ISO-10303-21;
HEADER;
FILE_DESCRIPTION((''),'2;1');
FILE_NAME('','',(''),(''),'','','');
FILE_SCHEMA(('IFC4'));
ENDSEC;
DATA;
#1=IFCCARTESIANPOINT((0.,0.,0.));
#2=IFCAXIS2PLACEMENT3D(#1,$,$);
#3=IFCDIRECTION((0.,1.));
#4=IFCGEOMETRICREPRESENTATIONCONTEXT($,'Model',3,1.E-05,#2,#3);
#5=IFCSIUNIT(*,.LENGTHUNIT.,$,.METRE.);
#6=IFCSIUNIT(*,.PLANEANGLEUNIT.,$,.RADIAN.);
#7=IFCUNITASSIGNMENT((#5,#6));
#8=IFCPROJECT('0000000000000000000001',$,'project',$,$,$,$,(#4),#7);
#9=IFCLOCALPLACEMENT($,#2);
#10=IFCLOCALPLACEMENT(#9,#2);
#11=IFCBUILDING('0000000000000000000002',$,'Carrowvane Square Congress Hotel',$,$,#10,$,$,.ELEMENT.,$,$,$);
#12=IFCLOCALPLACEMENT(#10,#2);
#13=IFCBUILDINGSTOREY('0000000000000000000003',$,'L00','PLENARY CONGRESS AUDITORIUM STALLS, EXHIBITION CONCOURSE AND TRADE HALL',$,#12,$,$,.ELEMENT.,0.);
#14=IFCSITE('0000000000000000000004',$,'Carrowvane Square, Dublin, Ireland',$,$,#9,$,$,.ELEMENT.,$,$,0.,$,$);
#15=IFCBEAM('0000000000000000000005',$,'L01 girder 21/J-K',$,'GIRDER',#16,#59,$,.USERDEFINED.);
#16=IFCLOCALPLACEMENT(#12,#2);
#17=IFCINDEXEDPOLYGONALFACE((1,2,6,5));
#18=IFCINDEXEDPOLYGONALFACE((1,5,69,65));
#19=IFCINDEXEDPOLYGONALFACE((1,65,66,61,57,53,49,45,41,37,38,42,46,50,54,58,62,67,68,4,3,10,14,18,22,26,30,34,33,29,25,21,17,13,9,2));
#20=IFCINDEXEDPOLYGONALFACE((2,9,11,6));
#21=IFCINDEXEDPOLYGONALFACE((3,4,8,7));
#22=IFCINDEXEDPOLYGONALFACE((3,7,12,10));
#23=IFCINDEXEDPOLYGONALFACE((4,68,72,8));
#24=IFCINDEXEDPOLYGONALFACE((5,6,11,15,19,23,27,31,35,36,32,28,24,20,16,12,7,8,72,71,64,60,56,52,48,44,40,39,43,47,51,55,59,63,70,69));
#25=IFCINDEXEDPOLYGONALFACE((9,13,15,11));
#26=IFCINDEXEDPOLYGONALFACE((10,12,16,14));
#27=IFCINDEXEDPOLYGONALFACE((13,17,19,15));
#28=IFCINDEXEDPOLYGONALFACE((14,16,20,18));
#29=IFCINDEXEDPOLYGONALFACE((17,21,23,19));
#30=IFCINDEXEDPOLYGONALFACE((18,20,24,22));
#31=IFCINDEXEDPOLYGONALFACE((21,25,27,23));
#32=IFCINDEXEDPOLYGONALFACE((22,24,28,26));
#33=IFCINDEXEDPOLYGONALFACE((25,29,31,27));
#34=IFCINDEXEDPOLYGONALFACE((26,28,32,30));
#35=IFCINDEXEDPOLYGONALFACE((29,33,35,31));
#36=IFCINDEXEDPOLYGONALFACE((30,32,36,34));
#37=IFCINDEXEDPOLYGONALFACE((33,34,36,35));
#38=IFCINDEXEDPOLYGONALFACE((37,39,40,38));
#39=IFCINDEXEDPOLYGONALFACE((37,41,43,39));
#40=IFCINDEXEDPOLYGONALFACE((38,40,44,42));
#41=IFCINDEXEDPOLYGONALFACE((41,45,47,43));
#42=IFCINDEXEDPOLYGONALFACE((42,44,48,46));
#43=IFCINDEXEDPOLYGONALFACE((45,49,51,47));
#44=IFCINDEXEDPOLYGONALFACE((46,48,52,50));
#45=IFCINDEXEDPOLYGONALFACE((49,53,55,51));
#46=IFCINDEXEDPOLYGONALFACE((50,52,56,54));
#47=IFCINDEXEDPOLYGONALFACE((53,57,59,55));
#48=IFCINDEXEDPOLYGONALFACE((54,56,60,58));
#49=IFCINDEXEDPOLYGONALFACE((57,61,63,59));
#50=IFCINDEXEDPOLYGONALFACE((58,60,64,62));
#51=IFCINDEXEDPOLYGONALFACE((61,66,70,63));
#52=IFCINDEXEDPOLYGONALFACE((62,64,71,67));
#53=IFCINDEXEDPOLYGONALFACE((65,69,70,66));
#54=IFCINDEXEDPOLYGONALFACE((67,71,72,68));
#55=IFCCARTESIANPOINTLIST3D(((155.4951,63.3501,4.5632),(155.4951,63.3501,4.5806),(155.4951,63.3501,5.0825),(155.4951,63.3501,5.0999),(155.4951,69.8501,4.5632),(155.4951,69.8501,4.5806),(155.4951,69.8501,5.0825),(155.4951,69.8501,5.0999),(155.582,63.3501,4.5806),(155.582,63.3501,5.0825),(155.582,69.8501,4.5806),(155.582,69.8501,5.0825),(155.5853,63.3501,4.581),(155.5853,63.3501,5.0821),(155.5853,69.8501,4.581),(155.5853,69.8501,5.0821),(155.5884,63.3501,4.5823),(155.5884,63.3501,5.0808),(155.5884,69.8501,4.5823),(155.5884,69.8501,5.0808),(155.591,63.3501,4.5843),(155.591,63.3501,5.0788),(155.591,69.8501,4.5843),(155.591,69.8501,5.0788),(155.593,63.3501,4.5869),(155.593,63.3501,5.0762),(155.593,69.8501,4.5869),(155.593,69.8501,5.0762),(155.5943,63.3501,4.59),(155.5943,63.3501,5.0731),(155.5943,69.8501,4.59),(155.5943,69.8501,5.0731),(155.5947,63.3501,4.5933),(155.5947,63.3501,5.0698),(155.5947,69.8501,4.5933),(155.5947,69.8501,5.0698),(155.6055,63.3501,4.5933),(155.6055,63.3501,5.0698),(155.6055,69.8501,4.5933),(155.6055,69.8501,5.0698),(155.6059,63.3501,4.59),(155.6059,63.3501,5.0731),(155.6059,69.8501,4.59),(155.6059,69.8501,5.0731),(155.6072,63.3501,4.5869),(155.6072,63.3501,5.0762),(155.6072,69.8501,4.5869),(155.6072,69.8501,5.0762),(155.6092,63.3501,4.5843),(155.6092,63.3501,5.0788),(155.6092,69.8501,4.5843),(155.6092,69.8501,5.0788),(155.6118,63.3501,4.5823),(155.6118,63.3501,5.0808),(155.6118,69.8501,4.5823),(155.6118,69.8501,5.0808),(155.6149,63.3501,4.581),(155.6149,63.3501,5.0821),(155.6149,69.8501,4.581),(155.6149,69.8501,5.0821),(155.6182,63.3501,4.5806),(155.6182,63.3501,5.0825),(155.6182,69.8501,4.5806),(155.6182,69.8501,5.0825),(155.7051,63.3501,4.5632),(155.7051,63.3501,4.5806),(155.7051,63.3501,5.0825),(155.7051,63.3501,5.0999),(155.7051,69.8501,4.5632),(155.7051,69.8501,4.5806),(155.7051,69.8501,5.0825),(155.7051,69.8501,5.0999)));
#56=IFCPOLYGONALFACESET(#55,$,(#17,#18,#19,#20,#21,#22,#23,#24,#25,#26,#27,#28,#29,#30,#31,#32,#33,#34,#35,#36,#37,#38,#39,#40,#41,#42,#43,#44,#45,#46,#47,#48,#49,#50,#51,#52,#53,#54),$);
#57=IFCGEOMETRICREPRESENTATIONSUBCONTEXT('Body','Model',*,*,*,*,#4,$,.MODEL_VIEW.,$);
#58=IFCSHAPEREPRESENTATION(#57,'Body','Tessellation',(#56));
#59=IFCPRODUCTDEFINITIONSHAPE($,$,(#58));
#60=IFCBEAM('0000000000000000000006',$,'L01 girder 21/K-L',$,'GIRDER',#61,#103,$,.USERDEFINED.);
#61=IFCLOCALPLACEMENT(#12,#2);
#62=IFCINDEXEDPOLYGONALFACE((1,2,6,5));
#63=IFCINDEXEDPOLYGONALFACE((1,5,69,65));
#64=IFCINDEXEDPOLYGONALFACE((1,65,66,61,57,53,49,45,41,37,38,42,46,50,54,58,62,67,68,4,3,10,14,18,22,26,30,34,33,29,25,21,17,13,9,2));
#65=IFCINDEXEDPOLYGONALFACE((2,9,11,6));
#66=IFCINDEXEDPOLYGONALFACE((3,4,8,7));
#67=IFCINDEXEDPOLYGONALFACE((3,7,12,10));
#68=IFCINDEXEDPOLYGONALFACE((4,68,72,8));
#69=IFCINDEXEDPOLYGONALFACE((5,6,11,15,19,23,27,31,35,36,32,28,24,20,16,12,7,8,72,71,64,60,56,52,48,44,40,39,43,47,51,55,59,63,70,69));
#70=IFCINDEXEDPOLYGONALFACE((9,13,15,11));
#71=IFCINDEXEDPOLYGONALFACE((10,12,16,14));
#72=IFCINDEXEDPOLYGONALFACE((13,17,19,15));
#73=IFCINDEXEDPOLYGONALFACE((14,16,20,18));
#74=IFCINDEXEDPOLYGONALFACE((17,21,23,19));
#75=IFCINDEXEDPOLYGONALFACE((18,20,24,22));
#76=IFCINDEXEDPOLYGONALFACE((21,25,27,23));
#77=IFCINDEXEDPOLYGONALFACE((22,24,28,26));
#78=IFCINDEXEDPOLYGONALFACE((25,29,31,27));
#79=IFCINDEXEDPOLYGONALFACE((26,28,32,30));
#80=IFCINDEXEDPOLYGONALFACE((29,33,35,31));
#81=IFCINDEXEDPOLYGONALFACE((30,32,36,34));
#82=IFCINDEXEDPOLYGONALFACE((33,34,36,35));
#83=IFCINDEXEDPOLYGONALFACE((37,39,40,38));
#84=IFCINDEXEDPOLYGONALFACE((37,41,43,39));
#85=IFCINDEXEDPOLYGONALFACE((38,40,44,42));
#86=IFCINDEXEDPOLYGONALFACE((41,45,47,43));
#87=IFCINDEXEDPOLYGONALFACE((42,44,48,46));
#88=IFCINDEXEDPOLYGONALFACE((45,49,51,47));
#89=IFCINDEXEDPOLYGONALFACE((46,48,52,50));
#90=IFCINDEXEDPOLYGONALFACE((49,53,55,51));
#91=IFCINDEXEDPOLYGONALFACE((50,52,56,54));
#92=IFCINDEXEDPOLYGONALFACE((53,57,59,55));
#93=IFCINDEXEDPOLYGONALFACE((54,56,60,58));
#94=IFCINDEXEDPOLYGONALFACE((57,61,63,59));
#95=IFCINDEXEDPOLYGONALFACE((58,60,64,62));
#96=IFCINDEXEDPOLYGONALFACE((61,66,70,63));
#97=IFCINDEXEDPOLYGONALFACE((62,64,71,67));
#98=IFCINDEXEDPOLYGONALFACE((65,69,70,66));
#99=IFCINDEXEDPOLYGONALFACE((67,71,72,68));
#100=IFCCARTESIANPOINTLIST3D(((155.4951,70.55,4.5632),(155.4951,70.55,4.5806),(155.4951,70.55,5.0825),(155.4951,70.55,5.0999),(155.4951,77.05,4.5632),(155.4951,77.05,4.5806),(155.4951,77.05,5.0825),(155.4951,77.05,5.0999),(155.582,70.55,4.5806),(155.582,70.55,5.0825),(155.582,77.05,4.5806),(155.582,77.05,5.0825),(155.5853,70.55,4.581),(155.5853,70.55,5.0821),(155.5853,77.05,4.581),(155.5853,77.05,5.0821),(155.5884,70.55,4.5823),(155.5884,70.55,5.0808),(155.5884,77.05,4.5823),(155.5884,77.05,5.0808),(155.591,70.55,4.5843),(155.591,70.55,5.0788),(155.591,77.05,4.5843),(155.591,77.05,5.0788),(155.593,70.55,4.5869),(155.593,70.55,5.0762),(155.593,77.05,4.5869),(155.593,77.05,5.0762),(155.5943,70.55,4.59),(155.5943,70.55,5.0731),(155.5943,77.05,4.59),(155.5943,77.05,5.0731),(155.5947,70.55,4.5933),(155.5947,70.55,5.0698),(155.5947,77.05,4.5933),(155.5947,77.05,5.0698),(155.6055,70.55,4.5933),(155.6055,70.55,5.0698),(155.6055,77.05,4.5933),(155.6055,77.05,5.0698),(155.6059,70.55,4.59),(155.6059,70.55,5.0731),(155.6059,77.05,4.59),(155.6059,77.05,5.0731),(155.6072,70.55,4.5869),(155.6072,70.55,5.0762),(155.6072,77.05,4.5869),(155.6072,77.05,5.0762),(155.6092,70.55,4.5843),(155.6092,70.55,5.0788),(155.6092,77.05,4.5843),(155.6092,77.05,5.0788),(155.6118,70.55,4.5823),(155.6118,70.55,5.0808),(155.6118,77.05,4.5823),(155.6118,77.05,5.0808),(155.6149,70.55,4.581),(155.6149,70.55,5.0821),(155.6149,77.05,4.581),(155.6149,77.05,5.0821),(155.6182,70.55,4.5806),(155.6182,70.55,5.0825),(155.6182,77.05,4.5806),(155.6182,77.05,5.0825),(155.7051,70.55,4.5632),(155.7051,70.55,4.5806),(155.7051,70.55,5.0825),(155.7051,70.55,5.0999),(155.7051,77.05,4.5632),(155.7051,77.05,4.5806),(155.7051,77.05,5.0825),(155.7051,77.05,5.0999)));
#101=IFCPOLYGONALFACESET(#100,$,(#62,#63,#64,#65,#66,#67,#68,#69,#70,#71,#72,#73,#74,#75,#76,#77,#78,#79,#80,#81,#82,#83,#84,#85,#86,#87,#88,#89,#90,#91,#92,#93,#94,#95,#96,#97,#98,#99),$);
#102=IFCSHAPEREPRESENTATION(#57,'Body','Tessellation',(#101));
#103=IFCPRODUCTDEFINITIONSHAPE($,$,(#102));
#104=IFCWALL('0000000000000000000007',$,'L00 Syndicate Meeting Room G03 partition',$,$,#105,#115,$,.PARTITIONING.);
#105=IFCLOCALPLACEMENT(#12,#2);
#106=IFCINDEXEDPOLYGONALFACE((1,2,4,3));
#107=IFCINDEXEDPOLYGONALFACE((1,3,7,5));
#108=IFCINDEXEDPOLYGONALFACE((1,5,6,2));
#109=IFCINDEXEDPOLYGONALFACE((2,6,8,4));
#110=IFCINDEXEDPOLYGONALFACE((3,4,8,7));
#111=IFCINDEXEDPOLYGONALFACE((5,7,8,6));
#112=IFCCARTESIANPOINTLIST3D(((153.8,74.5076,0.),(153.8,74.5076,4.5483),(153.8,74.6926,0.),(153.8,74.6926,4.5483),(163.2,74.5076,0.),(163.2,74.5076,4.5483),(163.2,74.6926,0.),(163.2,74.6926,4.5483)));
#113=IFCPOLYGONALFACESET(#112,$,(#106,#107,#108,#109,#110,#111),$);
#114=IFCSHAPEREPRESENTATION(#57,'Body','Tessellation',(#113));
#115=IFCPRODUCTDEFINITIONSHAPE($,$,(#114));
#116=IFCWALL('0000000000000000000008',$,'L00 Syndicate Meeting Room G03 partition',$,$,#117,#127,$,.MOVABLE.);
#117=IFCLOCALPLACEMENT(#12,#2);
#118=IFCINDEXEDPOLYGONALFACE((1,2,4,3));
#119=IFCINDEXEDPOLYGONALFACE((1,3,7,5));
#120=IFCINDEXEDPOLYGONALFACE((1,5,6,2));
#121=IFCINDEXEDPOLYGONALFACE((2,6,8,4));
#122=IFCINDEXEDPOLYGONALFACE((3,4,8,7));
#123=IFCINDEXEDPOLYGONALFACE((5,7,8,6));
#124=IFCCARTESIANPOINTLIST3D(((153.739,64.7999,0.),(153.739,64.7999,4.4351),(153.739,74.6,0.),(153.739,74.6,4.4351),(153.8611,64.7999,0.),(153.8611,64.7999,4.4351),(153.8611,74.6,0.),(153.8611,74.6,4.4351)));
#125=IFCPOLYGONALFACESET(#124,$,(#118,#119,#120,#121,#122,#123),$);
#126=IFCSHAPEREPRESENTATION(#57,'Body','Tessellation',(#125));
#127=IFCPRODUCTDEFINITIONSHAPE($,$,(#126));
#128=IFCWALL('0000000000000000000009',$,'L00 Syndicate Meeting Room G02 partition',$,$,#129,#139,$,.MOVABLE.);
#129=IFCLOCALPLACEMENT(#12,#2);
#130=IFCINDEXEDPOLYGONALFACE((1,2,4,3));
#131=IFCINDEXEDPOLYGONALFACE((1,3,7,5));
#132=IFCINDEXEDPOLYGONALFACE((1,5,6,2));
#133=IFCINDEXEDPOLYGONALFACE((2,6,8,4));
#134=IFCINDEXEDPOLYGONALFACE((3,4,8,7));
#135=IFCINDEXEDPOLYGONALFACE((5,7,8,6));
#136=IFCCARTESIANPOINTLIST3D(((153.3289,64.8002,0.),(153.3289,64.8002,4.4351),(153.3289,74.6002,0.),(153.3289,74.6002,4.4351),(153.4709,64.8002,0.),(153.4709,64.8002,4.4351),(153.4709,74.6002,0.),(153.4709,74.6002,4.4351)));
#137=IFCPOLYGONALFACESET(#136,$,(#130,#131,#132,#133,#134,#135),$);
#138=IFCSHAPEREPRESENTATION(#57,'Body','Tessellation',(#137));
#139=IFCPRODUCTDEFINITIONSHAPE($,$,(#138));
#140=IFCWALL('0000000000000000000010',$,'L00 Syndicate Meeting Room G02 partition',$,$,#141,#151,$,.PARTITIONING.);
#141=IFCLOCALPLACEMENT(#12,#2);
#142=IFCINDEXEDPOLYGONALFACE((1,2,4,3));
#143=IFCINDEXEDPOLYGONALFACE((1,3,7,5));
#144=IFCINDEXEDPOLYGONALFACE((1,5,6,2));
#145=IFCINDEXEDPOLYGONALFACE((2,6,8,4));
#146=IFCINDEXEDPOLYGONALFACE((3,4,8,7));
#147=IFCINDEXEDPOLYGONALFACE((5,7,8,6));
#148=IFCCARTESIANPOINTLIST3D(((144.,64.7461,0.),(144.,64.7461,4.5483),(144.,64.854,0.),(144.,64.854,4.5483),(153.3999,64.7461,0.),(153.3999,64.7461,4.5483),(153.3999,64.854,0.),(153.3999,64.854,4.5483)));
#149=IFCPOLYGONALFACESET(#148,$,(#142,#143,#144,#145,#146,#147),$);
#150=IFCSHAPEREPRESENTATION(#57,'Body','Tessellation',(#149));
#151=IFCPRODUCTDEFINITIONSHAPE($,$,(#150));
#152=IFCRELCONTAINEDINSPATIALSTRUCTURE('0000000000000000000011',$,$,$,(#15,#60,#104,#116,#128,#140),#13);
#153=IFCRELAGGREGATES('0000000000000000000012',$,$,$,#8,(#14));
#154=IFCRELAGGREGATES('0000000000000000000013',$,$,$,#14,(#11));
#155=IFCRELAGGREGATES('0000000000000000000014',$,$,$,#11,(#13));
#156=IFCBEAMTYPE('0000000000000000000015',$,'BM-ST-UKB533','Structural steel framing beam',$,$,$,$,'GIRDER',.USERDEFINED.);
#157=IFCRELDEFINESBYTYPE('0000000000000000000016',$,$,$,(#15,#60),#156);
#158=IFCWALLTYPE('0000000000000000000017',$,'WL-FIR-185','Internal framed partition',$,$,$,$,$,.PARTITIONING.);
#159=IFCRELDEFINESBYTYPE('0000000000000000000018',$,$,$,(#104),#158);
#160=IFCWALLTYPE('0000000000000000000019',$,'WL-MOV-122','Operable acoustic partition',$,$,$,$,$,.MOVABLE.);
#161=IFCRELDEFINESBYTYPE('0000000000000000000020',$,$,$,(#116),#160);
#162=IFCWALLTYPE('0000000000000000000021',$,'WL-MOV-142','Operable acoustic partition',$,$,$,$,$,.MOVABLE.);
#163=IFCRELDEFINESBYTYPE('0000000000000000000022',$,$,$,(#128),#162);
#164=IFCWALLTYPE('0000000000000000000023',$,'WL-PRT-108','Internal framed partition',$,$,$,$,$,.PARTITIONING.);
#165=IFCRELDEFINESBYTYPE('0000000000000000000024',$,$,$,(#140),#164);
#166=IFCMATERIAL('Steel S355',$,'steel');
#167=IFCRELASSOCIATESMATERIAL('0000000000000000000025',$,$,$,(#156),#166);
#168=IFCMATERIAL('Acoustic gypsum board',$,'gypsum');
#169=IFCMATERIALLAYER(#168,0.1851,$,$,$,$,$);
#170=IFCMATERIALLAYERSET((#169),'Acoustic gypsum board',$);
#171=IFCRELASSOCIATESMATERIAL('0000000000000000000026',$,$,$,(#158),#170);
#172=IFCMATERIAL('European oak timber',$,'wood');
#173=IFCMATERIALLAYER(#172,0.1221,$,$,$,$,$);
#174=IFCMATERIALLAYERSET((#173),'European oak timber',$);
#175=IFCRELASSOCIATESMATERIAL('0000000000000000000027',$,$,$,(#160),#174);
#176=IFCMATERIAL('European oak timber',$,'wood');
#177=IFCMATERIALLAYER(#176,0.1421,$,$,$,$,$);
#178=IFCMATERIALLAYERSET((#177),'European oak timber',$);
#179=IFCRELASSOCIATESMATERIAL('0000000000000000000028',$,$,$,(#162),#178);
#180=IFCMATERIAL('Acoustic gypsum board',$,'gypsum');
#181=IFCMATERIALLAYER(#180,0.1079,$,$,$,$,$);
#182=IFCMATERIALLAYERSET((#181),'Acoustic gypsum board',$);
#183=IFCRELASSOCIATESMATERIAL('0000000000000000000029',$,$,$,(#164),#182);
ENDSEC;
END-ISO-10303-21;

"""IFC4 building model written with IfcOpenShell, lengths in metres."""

from ifc_helpers import new_model, si_unit, direction, frame, frame_2d, origin, origin_2d, place, context, subcontext, project, spatial, rectangle, i_section, extrude, material, layer, layer_set, material_profile, profile_set, type_object, element, save


model = new_model("IFC4")

# Units and contexts
model_context = context("Model", 3, precision=1e-05, world=origin(), true_north=direction((0.0, 1.0)))
body_context = subcontext(model_context, "Body", "Model", "MODEL_VIEW")
ifc_project = project(units=[si_unit("LENGTHUNIT", "METRE"), si_unit("PLANEANGLEUNIT", "RADIAN")], contexts=[model_context])

# Site, building, storey
site_placement = place(None, origin())
site = spatial("IfcSite", under=ifc_project, at=site_placement, Name="Carrowvane Square, Dublin, Ireland", CompositionType="ELEMENT", RefElevation=0.0)
building_placement = place(site_placement, origin())
building = spatial("IfcBuilding", under=site, at=building_placement, Name="Carrowvane Square Congress Hotel", CompositionType="ELEMENT")
storey_placement = place(building_placement, origin())
storey = spatial("IfcBuildingStorey", under=building, at=storey_placement, Name="L00", Description="PLENARY CONGRESS AUDITORIUM STALLS, EXHIBITION CONCOURSE AND TRADE HALL", CompositionType="ELEMENT", Elevation=0.0)

# Beams
ifc_material_1 = material(Name="Steel S355", Category="steel")
ifc_material_profile_1 = material_profile(ifc_material_1, i_section(OverallWidth=0.21, OverallDepth=0.5366, WebThickness=0.0107, FlangeThickness=0.0173, FilletRadius=0.0127, at=origin_2d()), Name="UKB 533x210x101")
ifc_profile_set_1 = profile_set([ifc_material_profile_1], Name="Steel S355")
beam_type_1 = type_object("IfcBeamType", Name="BM-ST-UKB533", Description="Structural steel framing beam", ElementType="GIRDER", PredefinedType="USERDEFINED", material=ifc_profile_set_1)
for number, where, z_axis, x_axis, name in (
    (1, (155.6001, 63.3501, 4.8315), (0.0, 1.0, 0.0), (-1.0, 0.0, 0.0), "L01 girder 21/J-K"),
    (2, (155.6001, 70.55, 4.8315), (0.0, 1.0, 0.0), (-1.0, 0.0, 0.0), "L01 girder 21/K-L"),
):
    element("IfcBeam", number, at=place(storey_placement, frame(where, z_axis=z_axis, x_axis=x_axis)), inside=storey, type_object=beam_type_1, Name=name, ObjectType="GIRDER", PredefinedType="USERDEFINED", context=body_context, shape_type="SweptSolid", body=[
        extrude(i_section(OverallWidth=0.21, OverallDepth=0.5366, WebThickness=0.0107, FlangeThickness=0.0173, FilletRadius=0.0127, at=origin_2d()), origin(), (0.0, 0.0, 1.0), 6.5),
    ])

# Walls
ifc_material_2 = material(Name="Acoustic gypsum board", Category="gypsum")
ifc_layer_1 = layer(ifc_material_2, 0.1851)
ifc_layer_set_1 = layer_set([ifc_layer_1], Name="Acoustic gypsum board")
wall_type_1 = type_object("IfcWallType", Name="WL-FIR-185", Description="Internal framed partition", PredefinedType="PARTITIONING", material=ifc_layer_set_1)
wall_1_placement = place(storey_placement, frame((153.8, 74.6001, 0.0), z_axis=(0.0, 0.0, 1.0), x_axis=(1.0, 0.0, 0.0)))
element("IfcWall", 3, at=wall_1_placement, inside=storey, type_object=wall_type_1, Name="L00 Syndicate Meeting Room G03 partition", PredefinedType="PARTITIONING", context=body_context, shape_type="SweptSolid", body=[
    extrude(rectangle(XDim=9.3999, YDim=0.1851, at=frame_2d((4.7, 0.0))), origin(), (0.0, 0.0, 1.0), 4.5483),
])
ifc_material_3 = material(Name="European oak timber", Category="wood")
ifc_layer_2 = layer(ifc_material_3, 0.1221)
ifc_layer_set_2 = layer_set([ifc_layer_2], Name="European oak timber")
wall_type_2 = type_object("IfcWallType", Name="WL-MOV-122", Description="Operable acoustic partition", PredefinedType="MOVABLE", material=ifc_layer_set_2)
wall_2_placement = place(storey_placement, frame((153.8, 64.8, 0.0), z_axis=(0.0, 0.0, 1.0), x_axis=(0.0, 1.0, 0.0)))
element("IfcWall", 4, at=wall_2_placement, inside=storey, type_object=wall_type_2, Name="L00 Syndicate Meeting Room G03 partition", PredefinedType="MOVABLE", context=body_context, shape_type="SweptSolid", body=[
    extrude(rectangle(XDim=9.8, YDim=0.1221, at=frame_2d((4.8999, 0.0))), origin(), (0.0, 0.0, 1.0), 4.4351),
])
ifc_material_4 = material(Name="European oak timber", Category="wood")
ifc_layer_3 = layer(ifc_material_4, 0.1421)
ifc_layer_set_3 = layer_set([ifc_layer_3], Name="European oak timber")
wall_type_3 = type_object("IfcWallType", Name="WL-MOV-142", Description="Operable acoustic partition", PredefinedType="MOVABLE", material=ifc_layer_set_3)
wall_3_placement = place(storey_placement, frame((153.3999, 74.6001, 0.0), z_axis=(0.0, 0.0, 1.0), x_axis=(0.0, -1.0, 0.0)))
element("IfcWall", 5, at=wall_3_placement, inside=storey, type_object=wall_type_3, Name="L00 Syndicate Meeting Room G02 partition", PredefinedType="MOVABLE", context=body_context, shape_type="SweptSolid", body=[
    extrude(rectangle(XDim=9.8, YDim=0.1421, at=frame_2d((4.8999, 0.0))), origin(), (0.0, 0.0, 1.0), 4.4351),
])
ifc_material_5 = material(Name="Acoustic gypsum board", Category="gypsum")
ifc_layer_4 = layer(ifc_material_5, 0.1079)
ifc_layer_set_4 = layer_set([ifc_layer_4], Name="Acoustic gypsum board")
wall_type_4 = type_object("IfcWallType", Name="WL-PRT-108", Description="Internal framed partition", PredefinedType="PARTITIONING", material=ifc_layer_set_4)
wall_4_placement = place(storey_placement, frame((153.3999, 64.8, 0.0), z_axis=(0.0, 0.0, 1.0), x_axis=(-1.0, 0.0, 0.0)))
element("IfcWall", 6, at=wall_4_placement, inside=storey, type_object=wall_type_4, Name="L00 Syndicate Meeting Room G02 partition", PredefinedType="PARTITIONING", context=body_context, shape_type="SweptSolid", body=[
    extrude(rectangle(XDim=9.3999, YDim=0.1079, at=frame_2d((4.7, 0.0))), origin(), (0.0, 0.0, 1.0), 4.5483),
])

save(model, "model.ifc")
